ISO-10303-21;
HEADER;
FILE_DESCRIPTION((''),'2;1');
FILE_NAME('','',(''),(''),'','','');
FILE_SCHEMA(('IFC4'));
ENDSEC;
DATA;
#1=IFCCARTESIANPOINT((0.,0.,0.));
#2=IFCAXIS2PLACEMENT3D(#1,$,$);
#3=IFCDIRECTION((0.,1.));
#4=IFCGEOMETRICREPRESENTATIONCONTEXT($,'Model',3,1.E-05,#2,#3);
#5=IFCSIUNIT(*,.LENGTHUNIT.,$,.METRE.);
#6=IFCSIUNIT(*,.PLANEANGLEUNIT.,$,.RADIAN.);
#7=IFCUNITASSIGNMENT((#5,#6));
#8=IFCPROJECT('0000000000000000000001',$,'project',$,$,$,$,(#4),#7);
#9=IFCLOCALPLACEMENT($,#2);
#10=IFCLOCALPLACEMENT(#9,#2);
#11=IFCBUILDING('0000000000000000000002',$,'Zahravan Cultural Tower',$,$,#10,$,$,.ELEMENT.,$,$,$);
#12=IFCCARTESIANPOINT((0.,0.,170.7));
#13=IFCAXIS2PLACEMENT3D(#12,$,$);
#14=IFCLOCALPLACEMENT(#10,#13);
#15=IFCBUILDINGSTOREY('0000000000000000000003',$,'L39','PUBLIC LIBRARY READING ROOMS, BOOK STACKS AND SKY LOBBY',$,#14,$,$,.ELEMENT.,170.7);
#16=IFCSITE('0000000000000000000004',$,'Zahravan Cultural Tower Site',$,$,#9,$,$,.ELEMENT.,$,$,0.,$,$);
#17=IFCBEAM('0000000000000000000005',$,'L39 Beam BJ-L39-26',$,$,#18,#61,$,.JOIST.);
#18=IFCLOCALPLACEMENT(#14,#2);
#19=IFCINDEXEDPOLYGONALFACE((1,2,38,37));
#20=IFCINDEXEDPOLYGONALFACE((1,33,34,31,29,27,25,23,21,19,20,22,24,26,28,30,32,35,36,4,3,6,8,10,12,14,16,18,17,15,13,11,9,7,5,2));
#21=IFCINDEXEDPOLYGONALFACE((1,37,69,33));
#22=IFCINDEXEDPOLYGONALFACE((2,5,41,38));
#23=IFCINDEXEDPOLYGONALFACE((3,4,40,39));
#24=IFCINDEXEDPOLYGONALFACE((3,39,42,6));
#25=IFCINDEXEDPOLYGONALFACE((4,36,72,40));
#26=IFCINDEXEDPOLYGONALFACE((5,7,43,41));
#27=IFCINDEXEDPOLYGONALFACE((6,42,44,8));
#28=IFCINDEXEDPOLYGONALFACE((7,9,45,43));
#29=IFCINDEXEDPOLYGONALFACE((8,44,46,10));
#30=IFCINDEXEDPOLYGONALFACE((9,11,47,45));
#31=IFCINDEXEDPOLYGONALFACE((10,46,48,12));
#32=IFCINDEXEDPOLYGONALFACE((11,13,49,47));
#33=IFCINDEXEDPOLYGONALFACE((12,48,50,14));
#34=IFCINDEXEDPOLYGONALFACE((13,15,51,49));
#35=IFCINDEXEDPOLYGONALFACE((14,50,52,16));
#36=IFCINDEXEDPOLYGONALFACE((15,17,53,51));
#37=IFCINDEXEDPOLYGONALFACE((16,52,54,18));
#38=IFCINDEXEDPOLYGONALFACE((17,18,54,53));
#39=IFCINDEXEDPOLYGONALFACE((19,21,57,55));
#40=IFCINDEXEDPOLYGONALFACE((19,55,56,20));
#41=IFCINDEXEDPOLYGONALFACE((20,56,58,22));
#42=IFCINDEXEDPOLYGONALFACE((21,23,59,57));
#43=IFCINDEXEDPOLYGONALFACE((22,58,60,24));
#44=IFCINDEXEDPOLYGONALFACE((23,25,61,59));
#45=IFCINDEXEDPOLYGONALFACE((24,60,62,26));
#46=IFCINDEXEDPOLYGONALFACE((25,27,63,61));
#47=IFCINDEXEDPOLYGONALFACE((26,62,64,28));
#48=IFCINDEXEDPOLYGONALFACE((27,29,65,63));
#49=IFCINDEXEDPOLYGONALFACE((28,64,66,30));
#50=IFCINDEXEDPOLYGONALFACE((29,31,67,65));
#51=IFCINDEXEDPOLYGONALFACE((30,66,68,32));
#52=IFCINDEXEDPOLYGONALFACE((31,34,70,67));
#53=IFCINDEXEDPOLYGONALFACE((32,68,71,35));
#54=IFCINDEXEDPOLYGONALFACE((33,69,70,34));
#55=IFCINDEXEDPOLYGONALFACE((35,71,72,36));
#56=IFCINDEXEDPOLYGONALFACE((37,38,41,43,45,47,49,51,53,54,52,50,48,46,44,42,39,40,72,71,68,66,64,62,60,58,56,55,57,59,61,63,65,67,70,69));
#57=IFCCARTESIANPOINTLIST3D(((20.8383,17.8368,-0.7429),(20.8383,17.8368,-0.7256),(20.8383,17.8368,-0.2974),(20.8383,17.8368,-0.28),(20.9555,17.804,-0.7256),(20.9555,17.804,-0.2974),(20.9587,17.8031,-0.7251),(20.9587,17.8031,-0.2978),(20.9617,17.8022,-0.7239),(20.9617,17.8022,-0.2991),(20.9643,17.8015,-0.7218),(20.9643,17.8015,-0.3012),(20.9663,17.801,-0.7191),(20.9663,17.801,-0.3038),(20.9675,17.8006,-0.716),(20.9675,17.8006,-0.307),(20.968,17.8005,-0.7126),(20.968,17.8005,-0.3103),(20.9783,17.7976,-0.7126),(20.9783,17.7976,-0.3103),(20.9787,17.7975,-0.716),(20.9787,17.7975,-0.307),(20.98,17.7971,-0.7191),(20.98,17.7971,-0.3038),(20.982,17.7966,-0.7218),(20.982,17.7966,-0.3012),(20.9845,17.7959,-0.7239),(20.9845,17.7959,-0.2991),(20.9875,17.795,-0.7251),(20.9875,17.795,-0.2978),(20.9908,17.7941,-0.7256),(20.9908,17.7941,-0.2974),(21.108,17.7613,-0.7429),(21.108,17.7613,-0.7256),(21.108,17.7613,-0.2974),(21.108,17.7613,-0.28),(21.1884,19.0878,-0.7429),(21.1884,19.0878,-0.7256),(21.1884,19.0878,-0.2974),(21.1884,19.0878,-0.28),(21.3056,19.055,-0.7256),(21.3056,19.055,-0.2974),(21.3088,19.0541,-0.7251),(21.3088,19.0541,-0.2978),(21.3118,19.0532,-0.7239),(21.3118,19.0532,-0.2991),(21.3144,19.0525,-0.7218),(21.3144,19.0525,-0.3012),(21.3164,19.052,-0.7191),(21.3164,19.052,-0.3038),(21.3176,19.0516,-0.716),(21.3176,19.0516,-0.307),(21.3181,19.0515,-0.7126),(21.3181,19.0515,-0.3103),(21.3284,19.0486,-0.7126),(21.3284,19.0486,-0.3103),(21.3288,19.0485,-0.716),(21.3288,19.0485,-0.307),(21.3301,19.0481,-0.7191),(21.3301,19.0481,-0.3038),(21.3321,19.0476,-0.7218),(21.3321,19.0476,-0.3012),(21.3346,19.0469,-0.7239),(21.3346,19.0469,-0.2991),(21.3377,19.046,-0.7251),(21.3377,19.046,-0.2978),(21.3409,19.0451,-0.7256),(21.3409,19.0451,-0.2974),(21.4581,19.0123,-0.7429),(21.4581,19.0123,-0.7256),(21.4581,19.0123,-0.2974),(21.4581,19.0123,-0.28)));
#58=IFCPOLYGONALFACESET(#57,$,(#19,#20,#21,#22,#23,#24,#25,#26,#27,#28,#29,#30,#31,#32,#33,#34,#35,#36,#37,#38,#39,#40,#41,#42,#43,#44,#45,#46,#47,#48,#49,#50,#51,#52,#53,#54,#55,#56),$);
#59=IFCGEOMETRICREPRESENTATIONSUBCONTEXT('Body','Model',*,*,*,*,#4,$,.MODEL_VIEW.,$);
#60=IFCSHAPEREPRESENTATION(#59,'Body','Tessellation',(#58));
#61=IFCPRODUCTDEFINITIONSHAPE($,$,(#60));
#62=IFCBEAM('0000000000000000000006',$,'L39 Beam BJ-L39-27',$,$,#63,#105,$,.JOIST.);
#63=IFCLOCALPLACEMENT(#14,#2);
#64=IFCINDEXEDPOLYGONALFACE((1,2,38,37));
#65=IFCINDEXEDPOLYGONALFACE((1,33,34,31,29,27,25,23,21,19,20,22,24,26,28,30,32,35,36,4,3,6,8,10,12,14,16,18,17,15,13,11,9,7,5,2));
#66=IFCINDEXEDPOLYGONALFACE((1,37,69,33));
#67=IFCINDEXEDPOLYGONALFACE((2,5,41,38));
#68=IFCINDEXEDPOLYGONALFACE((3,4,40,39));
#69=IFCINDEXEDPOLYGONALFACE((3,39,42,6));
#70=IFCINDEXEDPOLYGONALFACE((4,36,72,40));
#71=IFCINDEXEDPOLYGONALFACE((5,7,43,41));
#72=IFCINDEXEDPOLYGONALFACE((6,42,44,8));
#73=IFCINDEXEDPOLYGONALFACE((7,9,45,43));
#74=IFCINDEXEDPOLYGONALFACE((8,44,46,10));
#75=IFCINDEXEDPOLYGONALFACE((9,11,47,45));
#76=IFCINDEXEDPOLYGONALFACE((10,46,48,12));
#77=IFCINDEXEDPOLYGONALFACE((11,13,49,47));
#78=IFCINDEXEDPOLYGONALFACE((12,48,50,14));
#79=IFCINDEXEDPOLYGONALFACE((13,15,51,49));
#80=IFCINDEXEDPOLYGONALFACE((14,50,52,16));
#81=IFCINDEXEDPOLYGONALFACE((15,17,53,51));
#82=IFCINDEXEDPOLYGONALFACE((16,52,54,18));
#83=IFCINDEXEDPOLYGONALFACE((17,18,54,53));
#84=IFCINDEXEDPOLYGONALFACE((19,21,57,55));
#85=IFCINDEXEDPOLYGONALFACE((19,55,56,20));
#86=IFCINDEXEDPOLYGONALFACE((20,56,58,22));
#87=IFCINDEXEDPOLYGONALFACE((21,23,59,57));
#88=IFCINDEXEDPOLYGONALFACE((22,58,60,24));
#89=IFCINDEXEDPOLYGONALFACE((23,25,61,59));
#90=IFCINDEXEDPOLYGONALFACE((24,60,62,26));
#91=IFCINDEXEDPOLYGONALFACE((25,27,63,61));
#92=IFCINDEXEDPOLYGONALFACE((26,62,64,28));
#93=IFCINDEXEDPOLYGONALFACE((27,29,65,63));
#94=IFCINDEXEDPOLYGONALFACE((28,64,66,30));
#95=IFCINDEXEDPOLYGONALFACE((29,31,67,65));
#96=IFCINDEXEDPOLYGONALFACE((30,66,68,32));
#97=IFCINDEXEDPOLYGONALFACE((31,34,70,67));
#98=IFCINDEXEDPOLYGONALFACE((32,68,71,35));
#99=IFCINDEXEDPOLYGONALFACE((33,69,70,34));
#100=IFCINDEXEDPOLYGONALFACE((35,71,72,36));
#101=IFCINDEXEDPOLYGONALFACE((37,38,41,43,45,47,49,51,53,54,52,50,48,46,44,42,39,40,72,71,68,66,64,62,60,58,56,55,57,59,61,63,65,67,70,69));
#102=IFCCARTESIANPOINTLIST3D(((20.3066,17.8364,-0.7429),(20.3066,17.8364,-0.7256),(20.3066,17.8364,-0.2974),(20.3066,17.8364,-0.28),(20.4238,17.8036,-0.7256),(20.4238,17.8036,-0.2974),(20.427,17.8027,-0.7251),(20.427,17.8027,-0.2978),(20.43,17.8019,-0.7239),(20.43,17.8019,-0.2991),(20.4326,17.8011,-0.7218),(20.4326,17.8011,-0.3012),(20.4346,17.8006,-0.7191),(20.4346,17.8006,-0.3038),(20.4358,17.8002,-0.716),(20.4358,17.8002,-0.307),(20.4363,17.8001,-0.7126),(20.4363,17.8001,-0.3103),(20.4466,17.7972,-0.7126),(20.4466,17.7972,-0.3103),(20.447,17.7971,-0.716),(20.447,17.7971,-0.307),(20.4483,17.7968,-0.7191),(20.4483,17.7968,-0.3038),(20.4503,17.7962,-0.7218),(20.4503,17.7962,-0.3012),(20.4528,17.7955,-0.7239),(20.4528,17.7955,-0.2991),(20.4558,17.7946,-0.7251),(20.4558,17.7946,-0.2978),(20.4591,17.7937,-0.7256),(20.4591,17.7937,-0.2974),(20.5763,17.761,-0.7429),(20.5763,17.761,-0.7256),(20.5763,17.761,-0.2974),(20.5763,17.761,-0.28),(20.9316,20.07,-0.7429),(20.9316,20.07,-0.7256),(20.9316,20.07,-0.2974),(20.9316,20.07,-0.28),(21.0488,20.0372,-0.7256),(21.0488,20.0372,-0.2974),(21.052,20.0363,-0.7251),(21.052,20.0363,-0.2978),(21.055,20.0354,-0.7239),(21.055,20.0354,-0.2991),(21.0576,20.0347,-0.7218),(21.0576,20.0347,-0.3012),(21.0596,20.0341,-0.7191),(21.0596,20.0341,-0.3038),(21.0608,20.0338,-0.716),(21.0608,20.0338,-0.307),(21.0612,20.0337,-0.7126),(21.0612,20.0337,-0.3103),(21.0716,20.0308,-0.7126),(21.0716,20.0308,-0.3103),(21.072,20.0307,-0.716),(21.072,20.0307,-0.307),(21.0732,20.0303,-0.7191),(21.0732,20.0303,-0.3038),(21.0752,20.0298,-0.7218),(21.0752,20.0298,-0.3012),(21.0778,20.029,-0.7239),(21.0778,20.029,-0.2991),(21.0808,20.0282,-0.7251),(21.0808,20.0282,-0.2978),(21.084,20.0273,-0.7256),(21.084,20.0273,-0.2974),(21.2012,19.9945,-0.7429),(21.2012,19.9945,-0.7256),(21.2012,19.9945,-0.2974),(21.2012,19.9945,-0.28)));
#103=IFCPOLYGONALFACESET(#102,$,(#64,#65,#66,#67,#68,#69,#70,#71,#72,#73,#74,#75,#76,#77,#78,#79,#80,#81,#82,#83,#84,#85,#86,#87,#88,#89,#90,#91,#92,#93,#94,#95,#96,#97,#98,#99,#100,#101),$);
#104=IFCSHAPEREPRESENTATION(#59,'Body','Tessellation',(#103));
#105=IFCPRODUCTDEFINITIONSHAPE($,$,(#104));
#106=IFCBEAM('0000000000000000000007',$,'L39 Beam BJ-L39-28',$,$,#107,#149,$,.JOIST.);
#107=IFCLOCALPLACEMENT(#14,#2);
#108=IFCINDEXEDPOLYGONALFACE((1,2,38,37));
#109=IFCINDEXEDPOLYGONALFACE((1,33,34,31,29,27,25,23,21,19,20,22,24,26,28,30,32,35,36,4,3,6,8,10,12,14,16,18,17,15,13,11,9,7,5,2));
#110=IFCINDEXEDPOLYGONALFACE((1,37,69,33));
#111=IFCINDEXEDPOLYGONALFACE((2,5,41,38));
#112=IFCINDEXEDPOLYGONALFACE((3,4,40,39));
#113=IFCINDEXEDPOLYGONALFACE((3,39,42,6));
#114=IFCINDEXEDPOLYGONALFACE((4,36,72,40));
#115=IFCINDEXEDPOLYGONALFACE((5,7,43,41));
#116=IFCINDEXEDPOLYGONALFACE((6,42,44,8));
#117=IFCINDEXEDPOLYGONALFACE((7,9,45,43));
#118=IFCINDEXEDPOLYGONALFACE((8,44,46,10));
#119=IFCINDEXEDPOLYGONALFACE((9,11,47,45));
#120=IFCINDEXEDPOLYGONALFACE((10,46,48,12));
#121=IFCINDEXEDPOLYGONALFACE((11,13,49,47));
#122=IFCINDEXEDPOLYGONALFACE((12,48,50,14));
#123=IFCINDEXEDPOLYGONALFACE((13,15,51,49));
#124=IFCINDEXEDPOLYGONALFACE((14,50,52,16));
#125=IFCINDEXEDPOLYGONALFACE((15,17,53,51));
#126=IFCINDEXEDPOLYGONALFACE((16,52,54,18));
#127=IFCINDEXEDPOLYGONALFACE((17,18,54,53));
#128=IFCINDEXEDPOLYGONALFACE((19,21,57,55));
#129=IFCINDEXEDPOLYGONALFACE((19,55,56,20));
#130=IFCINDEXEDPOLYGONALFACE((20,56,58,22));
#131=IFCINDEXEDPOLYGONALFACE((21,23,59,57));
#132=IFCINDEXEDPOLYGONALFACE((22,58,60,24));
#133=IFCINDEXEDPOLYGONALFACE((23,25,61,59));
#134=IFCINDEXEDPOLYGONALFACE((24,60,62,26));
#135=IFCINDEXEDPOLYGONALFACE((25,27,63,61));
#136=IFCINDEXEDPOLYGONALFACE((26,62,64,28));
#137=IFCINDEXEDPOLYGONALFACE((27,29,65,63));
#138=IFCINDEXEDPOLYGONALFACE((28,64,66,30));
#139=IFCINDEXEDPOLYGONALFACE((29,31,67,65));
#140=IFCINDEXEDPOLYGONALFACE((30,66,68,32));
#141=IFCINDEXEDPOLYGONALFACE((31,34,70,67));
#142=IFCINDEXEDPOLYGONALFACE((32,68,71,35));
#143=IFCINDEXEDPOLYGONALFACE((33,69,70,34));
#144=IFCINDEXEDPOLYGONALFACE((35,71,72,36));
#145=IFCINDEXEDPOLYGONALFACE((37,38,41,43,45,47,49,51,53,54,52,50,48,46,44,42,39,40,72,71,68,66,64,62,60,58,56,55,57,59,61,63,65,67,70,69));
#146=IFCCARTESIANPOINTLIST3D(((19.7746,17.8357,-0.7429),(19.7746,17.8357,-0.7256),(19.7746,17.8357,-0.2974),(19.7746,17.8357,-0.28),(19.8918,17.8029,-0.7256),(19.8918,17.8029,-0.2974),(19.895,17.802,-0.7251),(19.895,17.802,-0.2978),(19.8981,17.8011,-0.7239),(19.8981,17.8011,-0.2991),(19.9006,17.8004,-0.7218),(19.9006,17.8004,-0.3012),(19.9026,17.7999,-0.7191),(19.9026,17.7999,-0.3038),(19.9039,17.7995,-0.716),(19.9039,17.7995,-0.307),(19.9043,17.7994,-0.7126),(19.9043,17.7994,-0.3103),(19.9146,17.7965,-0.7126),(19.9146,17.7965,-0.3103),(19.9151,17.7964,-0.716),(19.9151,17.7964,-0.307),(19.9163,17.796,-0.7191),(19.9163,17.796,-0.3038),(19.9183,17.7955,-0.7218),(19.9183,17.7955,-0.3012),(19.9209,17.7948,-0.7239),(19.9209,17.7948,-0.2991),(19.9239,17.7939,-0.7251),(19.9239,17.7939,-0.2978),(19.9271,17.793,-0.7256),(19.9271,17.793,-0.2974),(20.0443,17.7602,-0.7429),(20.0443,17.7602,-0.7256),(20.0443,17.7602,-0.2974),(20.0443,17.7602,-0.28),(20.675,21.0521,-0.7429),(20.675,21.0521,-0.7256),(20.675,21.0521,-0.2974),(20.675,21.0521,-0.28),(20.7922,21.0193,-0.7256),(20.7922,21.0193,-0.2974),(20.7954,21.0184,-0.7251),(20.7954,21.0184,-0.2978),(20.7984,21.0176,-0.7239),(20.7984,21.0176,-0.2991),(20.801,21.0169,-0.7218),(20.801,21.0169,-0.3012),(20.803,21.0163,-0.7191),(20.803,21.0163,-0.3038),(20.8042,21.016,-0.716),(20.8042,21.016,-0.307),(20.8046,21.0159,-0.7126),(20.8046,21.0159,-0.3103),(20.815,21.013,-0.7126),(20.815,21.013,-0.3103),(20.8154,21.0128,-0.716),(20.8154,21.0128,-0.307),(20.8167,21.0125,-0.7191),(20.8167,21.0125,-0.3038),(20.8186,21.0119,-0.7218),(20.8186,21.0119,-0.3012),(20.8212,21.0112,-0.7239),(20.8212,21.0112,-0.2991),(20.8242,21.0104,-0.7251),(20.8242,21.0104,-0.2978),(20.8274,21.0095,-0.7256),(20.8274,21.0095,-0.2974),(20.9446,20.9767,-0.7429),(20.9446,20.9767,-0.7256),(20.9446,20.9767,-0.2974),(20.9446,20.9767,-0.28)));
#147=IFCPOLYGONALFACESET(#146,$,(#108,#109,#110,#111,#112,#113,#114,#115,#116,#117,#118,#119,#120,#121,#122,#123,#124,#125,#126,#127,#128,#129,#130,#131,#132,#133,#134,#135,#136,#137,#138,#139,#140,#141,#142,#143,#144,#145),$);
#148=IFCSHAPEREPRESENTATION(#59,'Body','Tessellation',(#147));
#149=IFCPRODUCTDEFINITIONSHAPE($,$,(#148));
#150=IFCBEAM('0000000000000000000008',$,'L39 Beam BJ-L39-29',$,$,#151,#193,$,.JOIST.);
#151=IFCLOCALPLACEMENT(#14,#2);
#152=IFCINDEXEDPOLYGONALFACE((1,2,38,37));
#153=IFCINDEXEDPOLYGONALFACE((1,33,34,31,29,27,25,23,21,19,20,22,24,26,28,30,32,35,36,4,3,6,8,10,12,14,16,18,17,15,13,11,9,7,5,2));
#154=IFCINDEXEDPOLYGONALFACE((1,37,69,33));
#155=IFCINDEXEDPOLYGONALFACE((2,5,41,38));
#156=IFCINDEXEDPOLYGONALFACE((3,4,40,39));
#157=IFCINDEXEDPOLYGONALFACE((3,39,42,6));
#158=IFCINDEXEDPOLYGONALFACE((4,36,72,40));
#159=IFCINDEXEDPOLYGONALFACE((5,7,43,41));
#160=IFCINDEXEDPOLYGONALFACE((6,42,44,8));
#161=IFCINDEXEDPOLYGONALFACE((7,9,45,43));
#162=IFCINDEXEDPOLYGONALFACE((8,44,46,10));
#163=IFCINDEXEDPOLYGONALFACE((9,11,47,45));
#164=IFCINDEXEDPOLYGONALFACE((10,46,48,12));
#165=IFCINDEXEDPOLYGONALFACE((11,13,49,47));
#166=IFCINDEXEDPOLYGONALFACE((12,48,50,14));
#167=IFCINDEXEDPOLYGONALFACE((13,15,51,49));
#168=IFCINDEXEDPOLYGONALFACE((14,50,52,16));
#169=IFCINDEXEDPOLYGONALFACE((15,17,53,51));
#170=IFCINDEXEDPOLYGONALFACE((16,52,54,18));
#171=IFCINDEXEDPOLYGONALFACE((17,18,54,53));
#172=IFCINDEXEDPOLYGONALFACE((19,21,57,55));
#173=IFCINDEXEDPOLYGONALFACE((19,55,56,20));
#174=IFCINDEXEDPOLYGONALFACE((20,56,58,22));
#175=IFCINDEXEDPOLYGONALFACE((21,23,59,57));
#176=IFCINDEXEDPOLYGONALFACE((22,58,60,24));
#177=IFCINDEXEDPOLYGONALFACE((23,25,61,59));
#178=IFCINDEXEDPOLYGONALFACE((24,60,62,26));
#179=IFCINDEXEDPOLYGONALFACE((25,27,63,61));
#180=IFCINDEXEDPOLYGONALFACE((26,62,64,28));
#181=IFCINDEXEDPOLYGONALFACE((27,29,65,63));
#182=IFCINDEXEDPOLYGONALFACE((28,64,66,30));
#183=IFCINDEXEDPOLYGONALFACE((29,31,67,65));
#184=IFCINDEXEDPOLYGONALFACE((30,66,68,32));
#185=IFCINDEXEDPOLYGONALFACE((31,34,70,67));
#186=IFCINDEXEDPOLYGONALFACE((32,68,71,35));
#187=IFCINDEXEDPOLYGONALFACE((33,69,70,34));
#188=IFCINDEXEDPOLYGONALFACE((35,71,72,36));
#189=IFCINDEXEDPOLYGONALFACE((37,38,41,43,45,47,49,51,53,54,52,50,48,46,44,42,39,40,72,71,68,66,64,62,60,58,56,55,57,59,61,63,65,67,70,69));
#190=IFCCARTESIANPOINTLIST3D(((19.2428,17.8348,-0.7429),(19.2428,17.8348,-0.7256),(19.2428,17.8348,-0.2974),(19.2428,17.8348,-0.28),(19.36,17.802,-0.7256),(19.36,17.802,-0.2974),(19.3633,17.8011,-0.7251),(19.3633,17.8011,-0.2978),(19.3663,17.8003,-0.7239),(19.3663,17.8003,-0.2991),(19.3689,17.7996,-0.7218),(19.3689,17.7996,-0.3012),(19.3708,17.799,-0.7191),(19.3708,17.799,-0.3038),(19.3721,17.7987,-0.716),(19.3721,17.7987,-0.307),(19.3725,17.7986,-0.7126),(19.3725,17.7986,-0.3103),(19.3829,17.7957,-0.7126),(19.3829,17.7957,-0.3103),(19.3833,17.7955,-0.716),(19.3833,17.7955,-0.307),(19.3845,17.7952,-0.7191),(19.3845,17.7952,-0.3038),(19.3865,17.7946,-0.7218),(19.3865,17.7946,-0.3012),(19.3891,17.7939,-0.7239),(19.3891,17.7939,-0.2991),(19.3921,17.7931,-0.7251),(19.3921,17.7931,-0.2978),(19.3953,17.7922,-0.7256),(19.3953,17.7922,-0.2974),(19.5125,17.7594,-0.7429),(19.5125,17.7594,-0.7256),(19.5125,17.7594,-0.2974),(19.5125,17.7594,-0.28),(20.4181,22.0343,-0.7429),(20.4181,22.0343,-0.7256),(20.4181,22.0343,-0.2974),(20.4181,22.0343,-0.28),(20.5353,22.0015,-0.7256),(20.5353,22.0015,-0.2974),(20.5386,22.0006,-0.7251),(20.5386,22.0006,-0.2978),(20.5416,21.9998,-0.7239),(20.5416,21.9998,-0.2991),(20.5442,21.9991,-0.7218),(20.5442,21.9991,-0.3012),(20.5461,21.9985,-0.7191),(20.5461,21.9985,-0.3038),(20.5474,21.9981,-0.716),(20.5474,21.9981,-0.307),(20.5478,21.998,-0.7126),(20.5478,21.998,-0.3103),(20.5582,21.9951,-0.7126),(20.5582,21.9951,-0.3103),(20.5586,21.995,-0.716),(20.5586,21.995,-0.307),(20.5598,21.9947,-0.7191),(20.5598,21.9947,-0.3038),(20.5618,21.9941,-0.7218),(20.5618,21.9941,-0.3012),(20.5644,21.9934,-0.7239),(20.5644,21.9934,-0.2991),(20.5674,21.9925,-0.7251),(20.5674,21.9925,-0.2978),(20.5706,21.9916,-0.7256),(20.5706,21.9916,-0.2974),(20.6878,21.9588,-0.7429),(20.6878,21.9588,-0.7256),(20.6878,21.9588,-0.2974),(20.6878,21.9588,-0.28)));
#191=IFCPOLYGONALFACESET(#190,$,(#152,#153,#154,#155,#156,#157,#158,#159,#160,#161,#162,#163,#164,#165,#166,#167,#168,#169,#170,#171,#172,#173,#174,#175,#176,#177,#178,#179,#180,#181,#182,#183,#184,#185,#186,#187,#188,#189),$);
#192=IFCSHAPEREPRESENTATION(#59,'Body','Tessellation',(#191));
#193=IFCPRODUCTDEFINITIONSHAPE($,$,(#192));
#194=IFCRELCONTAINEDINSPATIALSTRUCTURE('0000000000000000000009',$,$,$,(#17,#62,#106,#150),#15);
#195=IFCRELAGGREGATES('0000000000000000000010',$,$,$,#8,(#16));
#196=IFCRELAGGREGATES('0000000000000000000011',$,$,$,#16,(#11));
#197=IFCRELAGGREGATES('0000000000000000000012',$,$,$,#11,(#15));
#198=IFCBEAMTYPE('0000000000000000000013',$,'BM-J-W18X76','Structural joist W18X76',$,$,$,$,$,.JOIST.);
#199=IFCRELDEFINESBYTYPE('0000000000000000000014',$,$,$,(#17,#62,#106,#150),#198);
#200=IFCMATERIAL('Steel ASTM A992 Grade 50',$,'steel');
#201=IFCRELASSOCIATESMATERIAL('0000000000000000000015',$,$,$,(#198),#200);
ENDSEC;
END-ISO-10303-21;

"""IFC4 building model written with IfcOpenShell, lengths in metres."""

from ifc_helpers import new_model, si_unit, direction, frame, origin, origin_2d, place, context, subcontext, project, spatial, i_section, extrude, source, transform, mapped, material, material_profile, profile_set, type_object, element, save


model = new_model("IFC4")

# Units and contexts
model_context = context("Model", 3, precision=1e-05, world=origin(), true_north=direction((0.0, 1.0)))
body_context = subcontext(model_context, "Body", "Model", "MODEL_VIEW")
ifc_project = project(units=[si_unit("LENGTHUNIT", "METRE"), si_unit("PLANEANGLEUNIT", "RADIAN")], contexts=[model_context])

# Site, building, storey
site_placement = place(None, origin())
site = spatial("IfcSite", under=ifc_project, at=site_placement, Name="Zahravan Cultural Tower Site", CompositionType="ELEMENT", RefElevation=0.0)
building_placement = place(site_placement, origin())
building = spatial("IfcBuilding", under=site, at=building_placement, Name="Zahravan Cultural Tower", CompositionType="ELEMENT")
storey_placement = place(building_placement, frame((0.0, 0.0, 170.7)))
storey = spatial("IfcBuildingStorey", under=building, at=storey_placement, Name="L39", Description="PUBLIC LIBRARY READING ROOMS, BOOK STACKS AND SKY LOBBY", CompositionType="ELEMENT", Elevation=170.7)

# Shared definitions
ifc_material_1 = material(Name="Steel ASTM A992 Grade 50", Category="steel")

# Beams
ifc_material_profile_1 = material_profile(ifc_material_1, i_section(OverallWidth=0.28, OverallDepth=0.4629, WebThickness=0.0107, FlangeThickness=0.0173, FilletRadius=0.0129, at=origin_2d()), Name="W18X76")
ifc_profile_set_1 = profile_set([ifc_material_profile_1], Name="Steel ASTM A992 Grade 50")
beam_type_1 = type_object("IfcBeamType", Name="BM-J-W18X76", Description="Structural joist W18X76", PredefinedType="JOIST", material=ifc_profile_set_1)
shared_shape_1 = source(origin(), body_context, "Body", "SweptSolid", [
    extrude(i_section(OverallWidth=0.28, OverallDepth=0.4629, WebThickness=0.0107, FlangeThickness=0.0173, FilletRadius=0.0129, at=origin_2d()), origin(), (0.0, 0.0, 1.0), 1.2991),
])
beam_1_placement = place(storey_placement, frame((21.3232, 19.05, -0.5115), z_axis=(-0.269504, -0.962999, 0.0), x_axis=(0.962999, -0.269504, 0.0)))
element("IfcBeam", 1, at=beam_1_placement, inside=storey, type_object=beam_type_1, Name="L39 Beam BJ-L39-26", PredefinedType="JOIST", context=body_context, shape_type="MappedRepresentation", body=[
    mapped(shared_shape_1, transform((0.0, 0.0, 0.0), x_axis=(1.0, 0.0, 0.0), y_axis=(0.0, 1.0, 0.0), z_axis=(0.0, 0.0, 1.0), scale=1.0)),
])
shared_shape_2 = source(origin(), body_context, "Body", "SweptSolid", [
    extrude(i_section(OverallWidth=0.28, OverallDepth=0.4629, WebThickness=0.0107, FlangeThickness=0.0173, FilletRadius=0.0129, at=origin_2d()), origin(), (0.0, 0.0, 1.0), 2.3193),
])
beam_2_placement = place(storey_placement, frame((21.0664, 20.0322, -0.5115), z_axis=(-0.269462, -0.963011, 0.0), x_axis=(0.963011, -0.269462, 0.0)))
element("IfcBeam", 2, at=beam_2_placement, inside=storey, type_object=beam_type_1, Name="L39 Beam BJ-L39-27", PredefinedType="JOIST", context=body_context, shape_type="MappedRepresentation", body=[
    mapped(shared_shape_2, transform((0.0, 0.0, 0.0), x_axis=(1.0, 0.0, 0.0), y_axis=(0.0, 1.0, 0.0), z_axis=(0.0, 0.0, 1.0), scale=1.0)),
])
shared_shape_3 = source(origin(), body_context, "Body", "SweptSolid", [
    extrude(i_section(OverallWidth=0.28, OverallDepth=0.4629, WebThickness=0.0107, FlangeThickness=0.0173, FilletRadius=0.0129, at=origin_2d()), origin(), (0.0, 0.0, 1.0), 3.3401),
])
beam_3_placement = place(storey_placement, frame((20.8098, 21.0144, -0.5115), z_axis=(-0.269562, -0.962983, 0.0), x_axis=(0.962983, -0.269562, 0.0)))
element("IfcBeam", 3, at=beam_3_placement, inside=storey, type_object=beam_type_1, Name="L39 Beam BJ-L39-28", PredefinedType="JOIST", context=body_context, shape_type="MappedRepresentation", body=[
    mapped(shared_shape_3, transform((0.0, 0.0, 0.0), x_axis=(1.0, 0.0, 0.0), y_axis=(0.0, 1.0, 0.0), z_axis=(0.0, 0.0, 1.0), scale=1.0)),
])
shared_shape_4 = source(origin(), body_context, "Body", "SweptSolid", [
    extrude(i_section(OverallWidth=0.28, OverallDepth=0.4629, WebThickness=0.0107, FlangeThickness=0.0173, FilletRadius=0.0129, at=origin_2d()), origin(), (0.0, 0.0, 1.0), 4.3608),
])
beam_4_placement = place(storey_placement, frame((20.553, 21.9966, -0.5115), z_axis=(-0.269512, -0.962997, 0.0), x_axis=(0.962997, -0.269512, 0.0)))
element("IfcBeam", 4, at=beam_4_placement, inside=storey, type_object=beam_type_1, Name="L39 Beam BJ-L39-29", PredefinedType="JOIST", context=body_context, shape_type="MappedRepresentation", body=[
    mapped(shared_shape_4, transform((0.0, 0.0, 0.0), x_axis=(1.0, 0.0, 0.0), y_axis=(0.0, 1.0, 0.0), z_axis=(0.0, 0.0, 1.0), scale=1.0)),
])

save(model, "model.ifc")
